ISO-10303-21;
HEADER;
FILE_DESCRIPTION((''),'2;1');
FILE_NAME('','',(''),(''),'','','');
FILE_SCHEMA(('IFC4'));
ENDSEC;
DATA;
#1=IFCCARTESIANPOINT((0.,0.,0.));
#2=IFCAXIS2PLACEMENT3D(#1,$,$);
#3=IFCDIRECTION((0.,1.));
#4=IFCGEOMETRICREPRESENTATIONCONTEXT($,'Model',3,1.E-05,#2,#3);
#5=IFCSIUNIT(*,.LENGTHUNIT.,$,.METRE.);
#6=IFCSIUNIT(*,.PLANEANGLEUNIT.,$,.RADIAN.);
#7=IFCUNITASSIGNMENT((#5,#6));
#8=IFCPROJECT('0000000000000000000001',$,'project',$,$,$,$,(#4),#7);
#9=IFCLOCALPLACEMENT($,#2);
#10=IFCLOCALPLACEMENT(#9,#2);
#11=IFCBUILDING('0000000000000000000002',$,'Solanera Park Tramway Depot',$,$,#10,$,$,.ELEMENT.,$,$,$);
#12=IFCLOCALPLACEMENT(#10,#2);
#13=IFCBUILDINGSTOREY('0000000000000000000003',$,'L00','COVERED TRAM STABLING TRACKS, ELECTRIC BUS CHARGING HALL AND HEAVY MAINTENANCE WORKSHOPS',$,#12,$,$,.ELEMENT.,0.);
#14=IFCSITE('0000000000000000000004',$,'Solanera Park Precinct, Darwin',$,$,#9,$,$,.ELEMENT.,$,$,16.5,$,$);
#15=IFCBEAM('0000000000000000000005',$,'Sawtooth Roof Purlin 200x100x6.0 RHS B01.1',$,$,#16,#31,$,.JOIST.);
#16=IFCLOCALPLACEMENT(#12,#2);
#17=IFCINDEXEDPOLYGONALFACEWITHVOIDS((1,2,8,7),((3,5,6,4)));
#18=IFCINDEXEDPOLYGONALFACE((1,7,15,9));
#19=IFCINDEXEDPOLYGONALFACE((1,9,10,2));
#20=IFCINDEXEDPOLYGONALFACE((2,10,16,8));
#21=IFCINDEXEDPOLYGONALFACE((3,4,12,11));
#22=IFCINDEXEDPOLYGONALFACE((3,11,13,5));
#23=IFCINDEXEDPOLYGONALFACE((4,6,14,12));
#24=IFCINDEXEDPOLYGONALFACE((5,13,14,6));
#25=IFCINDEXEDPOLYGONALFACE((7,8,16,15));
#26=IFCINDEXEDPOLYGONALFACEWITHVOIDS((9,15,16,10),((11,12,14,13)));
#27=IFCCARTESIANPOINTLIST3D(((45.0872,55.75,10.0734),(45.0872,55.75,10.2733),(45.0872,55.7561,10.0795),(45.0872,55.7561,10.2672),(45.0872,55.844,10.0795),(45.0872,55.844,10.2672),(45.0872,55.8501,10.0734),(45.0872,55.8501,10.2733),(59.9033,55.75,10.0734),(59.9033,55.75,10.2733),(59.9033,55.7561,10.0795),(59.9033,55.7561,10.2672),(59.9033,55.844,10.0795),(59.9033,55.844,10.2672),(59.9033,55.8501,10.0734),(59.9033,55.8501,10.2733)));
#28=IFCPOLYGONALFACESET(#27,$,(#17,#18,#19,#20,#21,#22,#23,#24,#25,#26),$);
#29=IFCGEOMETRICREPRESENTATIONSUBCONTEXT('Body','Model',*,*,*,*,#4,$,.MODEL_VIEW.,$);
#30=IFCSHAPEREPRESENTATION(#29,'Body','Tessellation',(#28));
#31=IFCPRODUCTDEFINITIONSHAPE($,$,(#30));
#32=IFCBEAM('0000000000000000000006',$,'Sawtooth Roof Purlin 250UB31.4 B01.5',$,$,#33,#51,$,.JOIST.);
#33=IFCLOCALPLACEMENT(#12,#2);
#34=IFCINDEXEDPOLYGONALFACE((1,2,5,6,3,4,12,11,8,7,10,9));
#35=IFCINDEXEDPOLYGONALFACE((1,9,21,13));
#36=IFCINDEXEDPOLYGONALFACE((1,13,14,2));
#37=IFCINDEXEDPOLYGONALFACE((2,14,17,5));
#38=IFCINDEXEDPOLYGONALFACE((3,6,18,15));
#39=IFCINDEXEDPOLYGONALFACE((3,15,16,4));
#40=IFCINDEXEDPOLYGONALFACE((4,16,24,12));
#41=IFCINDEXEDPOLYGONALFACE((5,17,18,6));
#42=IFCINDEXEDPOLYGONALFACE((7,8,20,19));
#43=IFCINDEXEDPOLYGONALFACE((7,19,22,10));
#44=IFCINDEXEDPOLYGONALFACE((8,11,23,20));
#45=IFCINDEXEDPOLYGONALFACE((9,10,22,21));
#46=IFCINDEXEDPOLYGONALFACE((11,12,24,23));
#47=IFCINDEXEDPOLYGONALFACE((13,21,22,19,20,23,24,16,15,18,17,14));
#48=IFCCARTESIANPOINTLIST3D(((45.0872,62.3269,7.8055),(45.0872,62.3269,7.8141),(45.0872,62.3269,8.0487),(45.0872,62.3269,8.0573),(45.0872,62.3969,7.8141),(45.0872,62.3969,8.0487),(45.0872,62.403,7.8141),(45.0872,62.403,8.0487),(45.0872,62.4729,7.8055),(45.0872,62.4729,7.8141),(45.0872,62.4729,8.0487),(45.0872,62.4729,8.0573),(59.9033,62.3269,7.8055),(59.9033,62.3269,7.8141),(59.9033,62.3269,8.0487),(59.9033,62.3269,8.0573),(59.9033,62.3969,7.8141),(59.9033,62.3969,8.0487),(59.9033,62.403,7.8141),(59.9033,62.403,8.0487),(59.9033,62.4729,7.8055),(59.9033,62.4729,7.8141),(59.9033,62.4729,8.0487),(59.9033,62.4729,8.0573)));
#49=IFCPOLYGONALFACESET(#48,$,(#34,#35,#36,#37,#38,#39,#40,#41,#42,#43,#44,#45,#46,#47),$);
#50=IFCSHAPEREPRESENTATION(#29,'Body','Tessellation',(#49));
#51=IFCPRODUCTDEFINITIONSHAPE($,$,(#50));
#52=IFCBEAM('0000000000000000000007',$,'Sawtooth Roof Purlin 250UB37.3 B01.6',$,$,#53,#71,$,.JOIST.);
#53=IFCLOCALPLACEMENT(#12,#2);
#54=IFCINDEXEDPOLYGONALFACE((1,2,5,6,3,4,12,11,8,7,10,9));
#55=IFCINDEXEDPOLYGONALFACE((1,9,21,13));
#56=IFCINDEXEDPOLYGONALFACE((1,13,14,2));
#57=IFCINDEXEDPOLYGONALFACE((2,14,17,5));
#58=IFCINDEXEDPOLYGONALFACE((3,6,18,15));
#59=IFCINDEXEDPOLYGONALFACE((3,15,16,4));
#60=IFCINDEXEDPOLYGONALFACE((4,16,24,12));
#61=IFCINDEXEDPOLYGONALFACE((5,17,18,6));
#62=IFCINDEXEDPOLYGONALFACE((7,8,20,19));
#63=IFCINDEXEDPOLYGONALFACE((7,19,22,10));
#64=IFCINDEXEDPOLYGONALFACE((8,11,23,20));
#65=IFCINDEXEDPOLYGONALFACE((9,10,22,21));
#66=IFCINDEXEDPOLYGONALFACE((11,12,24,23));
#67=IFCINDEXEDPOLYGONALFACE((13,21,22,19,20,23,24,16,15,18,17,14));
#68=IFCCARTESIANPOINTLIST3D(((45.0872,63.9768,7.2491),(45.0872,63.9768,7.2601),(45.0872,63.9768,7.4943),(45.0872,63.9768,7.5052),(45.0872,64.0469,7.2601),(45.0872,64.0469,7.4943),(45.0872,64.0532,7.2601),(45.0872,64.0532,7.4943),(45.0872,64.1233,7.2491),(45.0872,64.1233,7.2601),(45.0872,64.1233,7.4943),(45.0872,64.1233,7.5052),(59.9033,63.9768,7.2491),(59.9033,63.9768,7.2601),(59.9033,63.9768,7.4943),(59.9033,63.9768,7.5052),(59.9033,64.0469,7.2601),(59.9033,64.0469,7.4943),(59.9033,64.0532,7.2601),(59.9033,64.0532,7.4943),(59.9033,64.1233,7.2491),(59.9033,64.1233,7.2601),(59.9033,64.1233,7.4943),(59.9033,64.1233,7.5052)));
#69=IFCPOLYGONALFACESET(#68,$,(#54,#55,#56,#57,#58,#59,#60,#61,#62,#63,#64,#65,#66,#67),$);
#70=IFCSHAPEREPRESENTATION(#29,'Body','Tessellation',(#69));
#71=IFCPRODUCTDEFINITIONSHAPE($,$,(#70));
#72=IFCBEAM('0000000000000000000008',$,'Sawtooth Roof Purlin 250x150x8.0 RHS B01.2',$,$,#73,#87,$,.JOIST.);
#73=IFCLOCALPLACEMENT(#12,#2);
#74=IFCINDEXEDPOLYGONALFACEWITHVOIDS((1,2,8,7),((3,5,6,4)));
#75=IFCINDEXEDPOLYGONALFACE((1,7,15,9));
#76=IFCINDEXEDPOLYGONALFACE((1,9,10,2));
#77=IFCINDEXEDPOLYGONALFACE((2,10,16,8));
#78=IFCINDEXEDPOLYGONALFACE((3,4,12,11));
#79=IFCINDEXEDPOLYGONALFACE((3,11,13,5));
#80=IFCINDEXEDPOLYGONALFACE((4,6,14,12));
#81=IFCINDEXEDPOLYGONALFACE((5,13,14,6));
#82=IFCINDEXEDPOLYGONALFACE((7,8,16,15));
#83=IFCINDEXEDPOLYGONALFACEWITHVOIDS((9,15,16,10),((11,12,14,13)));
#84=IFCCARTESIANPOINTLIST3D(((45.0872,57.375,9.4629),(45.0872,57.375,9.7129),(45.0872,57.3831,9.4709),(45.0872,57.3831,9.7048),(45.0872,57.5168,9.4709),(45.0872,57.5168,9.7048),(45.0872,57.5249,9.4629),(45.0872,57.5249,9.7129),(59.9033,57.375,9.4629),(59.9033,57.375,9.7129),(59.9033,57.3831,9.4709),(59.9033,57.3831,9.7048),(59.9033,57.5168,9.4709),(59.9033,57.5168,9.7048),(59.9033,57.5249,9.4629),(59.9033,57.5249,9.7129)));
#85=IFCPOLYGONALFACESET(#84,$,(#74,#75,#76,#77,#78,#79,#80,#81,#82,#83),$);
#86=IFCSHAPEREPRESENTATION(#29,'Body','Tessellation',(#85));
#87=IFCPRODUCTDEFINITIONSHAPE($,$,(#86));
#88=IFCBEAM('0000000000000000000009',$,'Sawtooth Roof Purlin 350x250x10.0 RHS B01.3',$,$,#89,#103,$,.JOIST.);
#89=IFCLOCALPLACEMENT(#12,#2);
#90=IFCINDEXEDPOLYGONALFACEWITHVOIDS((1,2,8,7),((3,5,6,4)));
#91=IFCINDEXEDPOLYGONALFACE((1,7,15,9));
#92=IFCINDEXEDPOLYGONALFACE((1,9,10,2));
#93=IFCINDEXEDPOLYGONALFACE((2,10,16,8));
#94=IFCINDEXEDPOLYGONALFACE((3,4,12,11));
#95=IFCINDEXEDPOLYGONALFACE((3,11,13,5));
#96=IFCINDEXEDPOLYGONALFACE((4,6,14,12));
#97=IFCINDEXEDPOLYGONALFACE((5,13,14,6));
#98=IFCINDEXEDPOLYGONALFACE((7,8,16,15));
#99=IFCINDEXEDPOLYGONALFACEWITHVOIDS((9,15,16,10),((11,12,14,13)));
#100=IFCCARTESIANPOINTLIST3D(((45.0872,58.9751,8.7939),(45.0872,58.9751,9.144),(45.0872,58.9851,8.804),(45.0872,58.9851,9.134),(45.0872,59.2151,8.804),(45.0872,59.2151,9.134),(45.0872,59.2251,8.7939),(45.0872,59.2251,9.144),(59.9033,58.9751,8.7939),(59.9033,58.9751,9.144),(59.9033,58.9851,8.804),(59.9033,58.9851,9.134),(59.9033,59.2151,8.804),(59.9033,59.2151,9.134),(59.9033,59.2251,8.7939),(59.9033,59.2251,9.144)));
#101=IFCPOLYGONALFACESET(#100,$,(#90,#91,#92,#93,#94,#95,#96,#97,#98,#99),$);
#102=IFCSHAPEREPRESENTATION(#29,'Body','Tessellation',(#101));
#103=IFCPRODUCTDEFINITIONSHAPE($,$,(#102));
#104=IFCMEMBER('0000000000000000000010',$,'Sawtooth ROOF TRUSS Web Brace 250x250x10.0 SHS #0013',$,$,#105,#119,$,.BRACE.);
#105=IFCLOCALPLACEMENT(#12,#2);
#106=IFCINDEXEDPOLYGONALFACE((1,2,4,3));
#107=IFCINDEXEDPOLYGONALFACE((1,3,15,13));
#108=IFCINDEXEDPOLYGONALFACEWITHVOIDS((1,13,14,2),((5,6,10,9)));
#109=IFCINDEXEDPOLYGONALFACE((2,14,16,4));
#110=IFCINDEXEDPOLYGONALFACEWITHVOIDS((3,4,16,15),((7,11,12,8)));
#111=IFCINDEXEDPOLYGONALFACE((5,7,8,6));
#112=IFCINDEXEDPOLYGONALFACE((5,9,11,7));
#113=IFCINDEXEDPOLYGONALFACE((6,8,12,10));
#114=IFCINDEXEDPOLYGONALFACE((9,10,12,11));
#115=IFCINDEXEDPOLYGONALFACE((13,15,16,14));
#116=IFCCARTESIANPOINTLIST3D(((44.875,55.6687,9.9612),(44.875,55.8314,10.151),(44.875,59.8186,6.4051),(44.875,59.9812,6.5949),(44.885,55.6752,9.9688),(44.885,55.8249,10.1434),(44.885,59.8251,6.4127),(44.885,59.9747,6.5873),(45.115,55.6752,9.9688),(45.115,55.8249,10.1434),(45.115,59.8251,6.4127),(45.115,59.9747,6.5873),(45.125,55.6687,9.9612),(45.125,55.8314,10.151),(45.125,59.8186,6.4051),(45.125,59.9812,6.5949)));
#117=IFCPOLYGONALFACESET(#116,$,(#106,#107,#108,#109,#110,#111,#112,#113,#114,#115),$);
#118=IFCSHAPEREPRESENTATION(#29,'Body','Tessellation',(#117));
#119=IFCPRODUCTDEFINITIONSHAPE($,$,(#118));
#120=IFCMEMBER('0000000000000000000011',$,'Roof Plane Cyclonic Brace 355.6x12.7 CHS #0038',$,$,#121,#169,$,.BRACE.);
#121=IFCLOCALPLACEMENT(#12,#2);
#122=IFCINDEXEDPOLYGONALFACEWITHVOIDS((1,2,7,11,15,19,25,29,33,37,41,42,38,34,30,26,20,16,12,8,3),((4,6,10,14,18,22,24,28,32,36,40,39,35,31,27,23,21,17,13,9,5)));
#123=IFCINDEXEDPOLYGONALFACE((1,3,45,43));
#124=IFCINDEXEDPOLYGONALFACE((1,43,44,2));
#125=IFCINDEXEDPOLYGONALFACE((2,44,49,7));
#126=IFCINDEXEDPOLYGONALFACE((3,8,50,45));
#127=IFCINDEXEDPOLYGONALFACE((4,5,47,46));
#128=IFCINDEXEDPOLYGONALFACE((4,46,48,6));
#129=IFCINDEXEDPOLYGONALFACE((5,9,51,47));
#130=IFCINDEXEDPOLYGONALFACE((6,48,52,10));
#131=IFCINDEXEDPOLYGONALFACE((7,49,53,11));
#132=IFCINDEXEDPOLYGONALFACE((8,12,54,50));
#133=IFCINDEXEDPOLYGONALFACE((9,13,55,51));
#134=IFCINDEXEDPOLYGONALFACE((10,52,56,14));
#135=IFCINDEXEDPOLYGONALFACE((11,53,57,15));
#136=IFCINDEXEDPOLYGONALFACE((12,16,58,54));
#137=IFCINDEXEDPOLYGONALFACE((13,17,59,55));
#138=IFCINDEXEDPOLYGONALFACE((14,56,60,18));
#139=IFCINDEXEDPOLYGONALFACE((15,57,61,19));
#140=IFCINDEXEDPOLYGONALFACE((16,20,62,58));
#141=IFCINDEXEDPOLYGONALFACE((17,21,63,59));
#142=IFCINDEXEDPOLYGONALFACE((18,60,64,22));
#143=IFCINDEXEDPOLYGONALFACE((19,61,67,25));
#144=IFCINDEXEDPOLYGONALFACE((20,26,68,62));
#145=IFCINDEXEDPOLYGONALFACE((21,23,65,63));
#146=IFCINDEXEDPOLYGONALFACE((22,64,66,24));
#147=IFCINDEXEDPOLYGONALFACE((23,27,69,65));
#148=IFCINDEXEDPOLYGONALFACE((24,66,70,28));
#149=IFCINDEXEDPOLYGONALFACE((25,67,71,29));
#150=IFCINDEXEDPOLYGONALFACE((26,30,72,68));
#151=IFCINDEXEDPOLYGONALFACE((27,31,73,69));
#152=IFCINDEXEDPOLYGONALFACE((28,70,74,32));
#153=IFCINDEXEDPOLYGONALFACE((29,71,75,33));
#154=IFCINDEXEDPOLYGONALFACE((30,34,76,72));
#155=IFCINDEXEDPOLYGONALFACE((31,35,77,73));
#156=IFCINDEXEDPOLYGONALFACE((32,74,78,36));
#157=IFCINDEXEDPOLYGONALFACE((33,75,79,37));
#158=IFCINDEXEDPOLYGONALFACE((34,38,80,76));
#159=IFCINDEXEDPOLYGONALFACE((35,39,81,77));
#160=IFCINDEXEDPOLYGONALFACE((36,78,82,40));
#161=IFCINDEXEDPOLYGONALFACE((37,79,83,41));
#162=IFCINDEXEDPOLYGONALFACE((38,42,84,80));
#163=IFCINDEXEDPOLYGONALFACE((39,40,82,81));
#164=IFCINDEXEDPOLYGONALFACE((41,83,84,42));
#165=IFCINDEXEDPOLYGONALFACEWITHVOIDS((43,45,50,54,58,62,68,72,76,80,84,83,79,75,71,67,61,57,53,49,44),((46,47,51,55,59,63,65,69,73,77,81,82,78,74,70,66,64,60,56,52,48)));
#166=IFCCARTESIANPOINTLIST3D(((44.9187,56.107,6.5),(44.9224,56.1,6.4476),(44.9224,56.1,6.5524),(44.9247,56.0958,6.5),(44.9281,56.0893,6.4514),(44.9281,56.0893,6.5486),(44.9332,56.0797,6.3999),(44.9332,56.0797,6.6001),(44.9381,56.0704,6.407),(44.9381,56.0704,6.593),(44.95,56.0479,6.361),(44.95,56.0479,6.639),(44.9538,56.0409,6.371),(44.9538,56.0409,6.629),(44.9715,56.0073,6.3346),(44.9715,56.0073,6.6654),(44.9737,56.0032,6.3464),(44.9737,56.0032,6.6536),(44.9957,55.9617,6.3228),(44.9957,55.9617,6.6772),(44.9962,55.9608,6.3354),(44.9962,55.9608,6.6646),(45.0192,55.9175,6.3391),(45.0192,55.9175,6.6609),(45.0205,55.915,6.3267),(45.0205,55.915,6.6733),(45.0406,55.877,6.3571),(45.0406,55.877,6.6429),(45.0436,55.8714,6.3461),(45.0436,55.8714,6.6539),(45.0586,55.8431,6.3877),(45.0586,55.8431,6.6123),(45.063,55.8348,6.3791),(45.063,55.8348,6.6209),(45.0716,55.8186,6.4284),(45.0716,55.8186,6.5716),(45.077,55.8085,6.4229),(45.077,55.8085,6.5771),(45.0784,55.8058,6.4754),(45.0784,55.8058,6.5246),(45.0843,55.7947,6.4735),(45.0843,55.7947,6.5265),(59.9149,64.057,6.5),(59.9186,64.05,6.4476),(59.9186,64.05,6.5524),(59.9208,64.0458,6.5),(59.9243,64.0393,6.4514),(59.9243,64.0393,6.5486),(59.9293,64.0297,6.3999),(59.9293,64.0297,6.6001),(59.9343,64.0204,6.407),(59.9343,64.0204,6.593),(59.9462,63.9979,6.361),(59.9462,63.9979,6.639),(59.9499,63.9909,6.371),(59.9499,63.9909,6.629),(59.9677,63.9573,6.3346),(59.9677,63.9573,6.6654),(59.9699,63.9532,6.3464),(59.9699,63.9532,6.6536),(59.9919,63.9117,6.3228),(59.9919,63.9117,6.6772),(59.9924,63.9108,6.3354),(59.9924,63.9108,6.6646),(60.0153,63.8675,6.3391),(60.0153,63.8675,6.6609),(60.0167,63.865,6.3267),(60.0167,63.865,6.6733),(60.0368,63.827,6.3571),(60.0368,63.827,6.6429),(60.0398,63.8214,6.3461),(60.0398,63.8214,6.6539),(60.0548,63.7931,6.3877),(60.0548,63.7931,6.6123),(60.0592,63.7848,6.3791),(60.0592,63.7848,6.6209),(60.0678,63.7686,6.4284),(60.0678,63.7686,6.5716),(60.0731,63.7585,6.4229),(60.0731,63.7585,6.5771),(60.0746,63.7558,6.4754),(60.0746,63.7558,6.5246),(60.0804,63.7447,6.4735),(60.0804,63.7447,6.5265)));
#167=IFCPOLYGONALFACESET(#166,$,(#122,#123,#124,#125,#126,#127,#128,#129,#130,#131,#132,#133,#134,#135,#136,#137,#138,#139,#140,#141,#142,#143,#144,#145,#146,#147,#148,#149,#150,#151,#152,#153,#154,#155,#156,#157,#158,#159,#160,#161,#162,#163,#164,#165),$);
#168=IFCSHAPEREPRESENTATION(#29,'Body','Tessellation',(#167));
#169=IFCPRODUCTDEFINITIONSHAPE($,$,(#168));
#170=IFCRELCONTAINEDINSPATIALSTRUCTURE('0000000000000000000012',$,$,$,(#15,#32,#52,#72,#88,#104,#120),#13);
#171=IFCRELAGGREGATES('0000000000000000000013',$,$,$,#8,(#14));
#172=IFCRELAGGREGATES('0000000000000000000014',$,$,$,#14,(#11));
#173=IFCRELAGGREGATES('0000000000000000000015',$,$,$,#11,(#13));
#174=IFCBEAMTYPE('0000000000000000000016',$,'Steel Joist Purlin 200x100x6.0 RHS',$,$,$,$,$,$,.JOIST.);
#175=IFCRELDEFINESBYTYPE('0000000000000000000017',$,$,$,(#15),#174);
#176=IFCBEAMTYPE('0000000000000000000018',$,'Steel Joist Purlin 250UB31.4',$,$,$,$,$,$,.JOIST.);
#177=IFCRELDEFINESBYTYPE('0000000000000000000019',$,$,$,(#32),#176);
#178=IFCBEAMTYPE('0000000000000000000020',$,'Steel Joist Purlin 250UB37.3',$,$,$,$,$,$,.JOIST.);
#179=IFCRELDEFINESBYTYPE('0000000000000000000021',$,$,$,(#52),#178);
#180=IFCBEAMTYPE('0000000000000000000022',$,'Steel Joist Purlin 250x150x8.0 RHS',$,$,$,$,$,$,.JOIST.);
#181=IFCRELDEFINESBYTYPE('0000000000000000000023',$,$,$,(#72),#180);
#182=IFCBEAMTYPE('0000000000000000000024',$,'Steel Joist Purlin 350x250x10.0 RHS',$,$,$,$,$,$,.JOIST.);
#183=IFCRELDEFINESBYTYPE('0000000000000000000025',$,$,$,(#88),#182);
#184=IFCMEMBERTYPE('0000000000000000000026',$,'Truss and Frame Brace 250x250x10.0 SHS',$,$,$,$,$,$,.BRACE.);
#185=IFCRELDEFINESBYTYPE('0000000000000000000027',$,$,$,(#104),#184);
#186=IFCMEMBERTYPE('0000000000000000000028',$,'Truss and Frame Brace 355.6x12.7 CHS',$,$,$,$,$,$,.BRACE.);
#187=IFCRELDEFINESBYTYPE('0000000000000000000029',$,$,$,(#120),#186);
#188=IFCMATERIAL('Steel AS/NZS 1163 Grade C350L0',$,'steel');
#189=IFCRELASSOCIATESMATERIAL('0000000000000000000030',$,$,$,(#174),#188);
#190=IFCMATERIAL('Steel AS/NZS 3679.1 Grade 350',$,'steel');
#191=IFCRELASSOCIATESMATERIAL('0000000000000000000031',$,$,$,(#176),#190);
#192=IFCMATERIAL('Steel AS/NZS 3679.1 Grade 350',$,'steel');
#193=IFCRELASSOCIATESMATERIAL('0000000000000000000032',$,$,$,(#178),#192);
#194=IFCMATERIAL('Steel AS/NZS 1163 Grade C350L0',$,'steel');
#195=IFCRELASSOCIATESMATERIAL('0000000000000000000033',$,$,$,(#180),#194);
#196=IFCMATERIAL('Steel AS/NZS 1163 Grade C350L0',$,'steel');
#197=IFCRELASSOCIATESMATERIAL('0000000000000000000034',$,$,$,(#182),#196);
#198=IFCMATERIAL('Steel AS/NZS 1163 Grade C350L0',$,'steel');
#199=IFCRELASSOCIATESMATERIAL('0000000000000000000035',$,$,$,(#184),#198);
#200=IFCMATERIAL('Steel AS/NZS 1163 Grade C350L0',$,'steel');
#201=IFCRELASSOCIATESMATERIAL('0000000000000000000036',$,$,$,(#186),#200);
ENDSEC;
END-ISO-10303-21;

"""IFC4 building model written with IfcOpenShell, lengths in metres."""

from ifc_helpers import new_model, si_unit, direction, frame, origin, origin_2d, place, context, subcontext, project, spatial, hollow_rectangle, hollow_circle, i_section, extrude, material, material_profile, profile_set, type_object, element, save


model = new_model("IFC4")

# Units and contexts
model_context = context("Model", 3, precision=1e-05, world=origin(), true_north=direction((0.0, 1.0)))
body_context = subcontext(model_context, "Body", "Model", "MODEL_VIEW")
ifc_project = project(units=[si_unit("LENGTHUNIT", "METRE"), si_unit("PLANEANGLEUNIT", "RADIAN")], contexts=[model_context])

# Site, building, storey
site_placement = place(None, origin())
site = spatial("IfcSite", under=ifc_project, at=site_placement, Name="Solanera Park Precinct, Darwin", CompositionType="ELEMENT", RefElevation=16.5)
building_placement = place(site_placement, origin())
building = spatial("IfcBuilding", under=site, at=building_placement, Name="Solanera Park Tramway Depot", CompositionType="ELEMENT")
storey_placement = place(building_placement, origin())
storey = spatial("IfcBuildingStorey", under=building, at=storey_placement, Name="L00", Description="COVERED TRAM STABLING TRACKS, ELECTRIC BUS CHARGING HALL AND HEAVY MAINTENANCE WORKSHOPS", CompositionType="ELEMENT", Elevation=0.0)

# Beams
ifc_material_1 = material(Name="Steel AS/NZS 1163 Grade C350L0", Category="steel")
ifc_material_profile_1 = material_profile(ifc_material_1, hollow_rectangle(XDim=0.1001, YDim=0.2, WallThickness=0.0061, at=origin_2d()), Name="200x100x6.0 RHS")
ifc_profile_set_1 = profile_set([ifc_material_profile_1], Name="Steel AS/NZS 1163 Grade C350L0")
beam_type_1 = type_object("IfcBeamType", Name="Steel Joist Purlin 200x100x6.0 RHS", PredefinedType="JOIST", material=ifc_profile_set_1)
beam_1_placement = place(storey_placement, frame((45.0872, 55.8, 10.1733), z_axis=(1.0, 0.0, 0.0), x_axis=(0.0, 1.0, 0.0)))
element("IfcBeam", 1, at=beam_1_placement, inside=storey, type_object=beam_type_1, Name="Sawtooth Roof Purlin 200x100x6.0 RHS B01.1", PredefinedType="JOIST", context=body_context, shape_type="SweptSolid", body=[
    extrude(hollow_rectangle(XDim=0.1001, YDim=0.2, WallThickness=0.0061, at=origin_2d()), origin(), (0.0, 0.0, 1.0), 14.8162),
])
ifc_material_2 = material(Name="Steel AS/NZS 3679.1 Grade 350", Category="steel")
ifc_material_profile_2 = material_profile(ifc_material_2, i_section(OverallWidth=0.146, OverallDepth=0.2517, WebThickness=0.0061, FlangeThickness=0.0085, at=origin_2d()), Name="250UB31.4")
ifc_profile_set_2 = profile_set([ifc_material_profile_2], Name="Steel AS/NZS 3679.1 Grade 350")
beam_type_2 = type_object("IfcBeamType", Name="Steel Joist Purlin 250UB31.4", PredefinedType="JOIST", material=ifc_profile_set_2)
beam_2_placement = place(storey_placement, frame((45.0872, 62.3999, 7.9314), z_axis=(1.0, 0.0, 0.0), x_axis=(0.0, 1.0, 0.0)))
element("IfcBeam", 2, at=beam_2_placement, inside=storey, type_object=beam_type_2, Name="Sawtooth Roof Purlin 250UB31.4 B01.5", PredefinedType="JOIST", context=body_context, shape_type="SweptSolid", body=[
    extrude(i_section(OverallWidth=0.146, OverallDepth=0.2517, WebThickness=0.0061, FlangeThickness=0.0085, at=origin_2d()), origin(), (0.0, 0.0, 1.0), 14.8162),
])
ifc_material_3 = material(Name="Steel AS/NZS 3679.1 Grade 350", Category="steel")
ifc_material_profile_3 = material_profile(ifc_material_3, i_section(OverallWidth=0.1465, OverallDepth=0.2561, WebThickness=0.0063, FlangeThickness=0.011, at=origin_2d()), Name="250UB37.3")
ifc_profile_set_3 = profile_set([ifc_material_profile_3], Name="Steel AS/NZS 3679.1 Grade 350")
beam_type_3 = type_object("IfcBeamType", Name="Steel Joist Purlin 250UB37.3", PredefinedType="JOIST", material=ifc_profile_set_3)
beam_3_placement = place(storey_placement, frame((45.0872, 64.05, 7.3772), z_axis=(1.0, 0.0, 0.0), x_axis=(0.0, 1.0, 0.0)))
element("IfcBeam", 3, at=beam_3_placement, inside=storey, type_object=beam_type_3, Name="Sawtooth Roof Purlin 250UB37.3 B01.6", PredefinedType="JOIST", context=body_context, shape_type="SweptSolid", body=[
    extrude(i_section(OverallWidth=0.1465, OverallDepth=0.2561, WebThickness=0.0063, FlangeThickness=0.011, at=origin_2d()), origin(), (0.0, 0.0, 1.0), 14.8162),
])
ifc_material_4 = material(Name="Steel AS/NZS 1163 Grade C350L0", Category="steel")
ifc_material_profile_4 = material_profile(ifc_material_4, hollow_rectangle(XDim=0.1499, YDim=0.25, WallThickness=0.0081, at=origin_2d()), Name="250x150x8.0 RHS")
ifc_profile_set_4 = profile_set([ifc_material_profile_4], Name="Steel AS/NZS 1163 Grade C350L0")
beam_type_4 = type_object("IfcBeamType", Name="Steel Joist Purlin 250x150x8.0 RHS", PredefinedType="JOIST", material=ifc_profile_set_4)
beam_4_placement = place(storey_placement, frame((45.0872, 57.45, 9.5879), z_axis=(1.0, 0.0, 0.0), x_axis=(0.0, 1.0, 0.0)))
element("IfcBeam", 4, at=beam_4_placement, inside=storey, type_object=beam_type_4, Name="Sawtooth Roof Purlin 250x150x8.0 RHS B01.2", PredefinedType="JOIST", context=body_context, shape_type="SweptSolid", body=[
    extrude(hollow_rectangle(XDim=0.1499, YDim=0.25, WallThickness=0.0081, at=origin_2d()), origin(), (0.0, 0.0, 1.0), 14.8162),
])
ifc_material_5 = material(Name="Steel AS/NZS 1163 Grade C350L0", Category="steel")
ifc_material_profile_5 = material_profile(ifc_material_5, hollow_rectangle(XDim=0.25, YDim=0.3501, WallThickness=0.01, at=origin_2d()), Name="350x250x10.0 RHS")
ifc_profile_set_5 = profile_set([ifc_material_profile_5], Name="Steel AS/NZS 1163 Grade C350L0")
beam_type_5 = type_object("IfcBeamType", Name="Steel Joist Purlin 350x250x10.0 RHS", PredefinedType="JOIST", material=ifc_profile_set_5)
beam_5_placement = place(storey_placement, frame((45.0872, 59.1001, 8.969), z_axis=(1.0, 0.0, 0.0), x_axis=(0.0, 1.0, 0.0)))
element("IfcBeam", 5, at=beam_5_placement, inside=storey, type_object=beam_type_5, Name="Sawtooth Roof Purlin 350x250x10.0 RHS B01.3", PredefinedType="JOIST", context=body_context, shape_type="SweptSolid", body=[
    extrude(hollow_rectangle(XDim=0.25, YDim=0.3501, WallThickness=0.01, at=origin_2d()), origin(), (0.0, 0.0, 1.0), 14.8162),
])

# Members
ifc_material_6 = material(Name="Steel AS/NZS 1163 Grade C350L0", Category="steel")
ifc_material_profile_6 = material_profile(ifc_material_6, hollow_rectangle(XDim=0.25, YDim=0.25, WallThickness=0.01, at=origin_2d()), Name="250x250x10.0 SHS")
ifc_profile_set_6 = profile_set([ifc_material_profile_6], Name="Steel AS/NZS 1163 Grade C350L0")
member_type_1 = type_object("IfcMemberType", Name="Truss and Frame Brace 250x250x10.0 SHS", PredefinedType="BRACE", material=ifc_profile_set_6)
member_1_placement = place(storey_placement, frame((45.0, 59.8999, 6.5), z_axis=(0.0, -0.759339, 0.650696), x_axis=(1.0, 0.0, 0.0)))
element("IfcMember", 6, at=member_1_placement, inside=storey, type_object=member_type_1, Name="Sawtooth ROOF TRUSS Web Brace 250x250x10.0 SHS #0013", PredefinedType="BRACE", context=body_context, shape_type="SweptSolid", body=[
    extrude(hollow_rectangle(XDim=0.25, YDim=0.25, WallThickness=0.01, at=origin_2d()), origin(), (0.0, 0.0, 1.0), 5.4651),
])
ifc_material_7 = material(Name="Steel AS/NZS 1163 Grade C350L0", Category="steel")
ifc_material_profile_7 = material_profile(ifc_material_7, hollow_circle(Radius=0.1777, WallThickness=0.0127, at=origin_2d()), Name="355.6x12.7 CHS")
ifc_profile_set_7 = profile_set([ifc_material_profile_7], Name="Steel AS/NZS 1163 Grade C350L0")
member_type_2 = type_object("IfcMemberType", Name="Truss and Frame Brace 355.6x12.7 CHS", PredefinedType="BRACE", material=ifc_profile_set_7)
member_2_placement = place(storey_placement, frame((45.002, 55.95, 6.5), z_axis=(0.883524, 0.468387, 0.0), x_axis=(-0.468387, 0.883524, 0.0)))
element("IfcMember", 7, at=member_2_placement, inside=storey, type_object=member_type_2, Name="Roof Plane Cyclonic Brace 355.6x12.7 CHS #0038", PredefinedType="BRACE", context=body_context, shape_type="SweptSolid", body=[
    extrude(hollow_circle(Radius=0.1777, WallThickness=0.0127, at=origin_2d()), origin(), (0.0, 0.0, 1.0), 16.9731),
])

save(model, "model.ifc")
